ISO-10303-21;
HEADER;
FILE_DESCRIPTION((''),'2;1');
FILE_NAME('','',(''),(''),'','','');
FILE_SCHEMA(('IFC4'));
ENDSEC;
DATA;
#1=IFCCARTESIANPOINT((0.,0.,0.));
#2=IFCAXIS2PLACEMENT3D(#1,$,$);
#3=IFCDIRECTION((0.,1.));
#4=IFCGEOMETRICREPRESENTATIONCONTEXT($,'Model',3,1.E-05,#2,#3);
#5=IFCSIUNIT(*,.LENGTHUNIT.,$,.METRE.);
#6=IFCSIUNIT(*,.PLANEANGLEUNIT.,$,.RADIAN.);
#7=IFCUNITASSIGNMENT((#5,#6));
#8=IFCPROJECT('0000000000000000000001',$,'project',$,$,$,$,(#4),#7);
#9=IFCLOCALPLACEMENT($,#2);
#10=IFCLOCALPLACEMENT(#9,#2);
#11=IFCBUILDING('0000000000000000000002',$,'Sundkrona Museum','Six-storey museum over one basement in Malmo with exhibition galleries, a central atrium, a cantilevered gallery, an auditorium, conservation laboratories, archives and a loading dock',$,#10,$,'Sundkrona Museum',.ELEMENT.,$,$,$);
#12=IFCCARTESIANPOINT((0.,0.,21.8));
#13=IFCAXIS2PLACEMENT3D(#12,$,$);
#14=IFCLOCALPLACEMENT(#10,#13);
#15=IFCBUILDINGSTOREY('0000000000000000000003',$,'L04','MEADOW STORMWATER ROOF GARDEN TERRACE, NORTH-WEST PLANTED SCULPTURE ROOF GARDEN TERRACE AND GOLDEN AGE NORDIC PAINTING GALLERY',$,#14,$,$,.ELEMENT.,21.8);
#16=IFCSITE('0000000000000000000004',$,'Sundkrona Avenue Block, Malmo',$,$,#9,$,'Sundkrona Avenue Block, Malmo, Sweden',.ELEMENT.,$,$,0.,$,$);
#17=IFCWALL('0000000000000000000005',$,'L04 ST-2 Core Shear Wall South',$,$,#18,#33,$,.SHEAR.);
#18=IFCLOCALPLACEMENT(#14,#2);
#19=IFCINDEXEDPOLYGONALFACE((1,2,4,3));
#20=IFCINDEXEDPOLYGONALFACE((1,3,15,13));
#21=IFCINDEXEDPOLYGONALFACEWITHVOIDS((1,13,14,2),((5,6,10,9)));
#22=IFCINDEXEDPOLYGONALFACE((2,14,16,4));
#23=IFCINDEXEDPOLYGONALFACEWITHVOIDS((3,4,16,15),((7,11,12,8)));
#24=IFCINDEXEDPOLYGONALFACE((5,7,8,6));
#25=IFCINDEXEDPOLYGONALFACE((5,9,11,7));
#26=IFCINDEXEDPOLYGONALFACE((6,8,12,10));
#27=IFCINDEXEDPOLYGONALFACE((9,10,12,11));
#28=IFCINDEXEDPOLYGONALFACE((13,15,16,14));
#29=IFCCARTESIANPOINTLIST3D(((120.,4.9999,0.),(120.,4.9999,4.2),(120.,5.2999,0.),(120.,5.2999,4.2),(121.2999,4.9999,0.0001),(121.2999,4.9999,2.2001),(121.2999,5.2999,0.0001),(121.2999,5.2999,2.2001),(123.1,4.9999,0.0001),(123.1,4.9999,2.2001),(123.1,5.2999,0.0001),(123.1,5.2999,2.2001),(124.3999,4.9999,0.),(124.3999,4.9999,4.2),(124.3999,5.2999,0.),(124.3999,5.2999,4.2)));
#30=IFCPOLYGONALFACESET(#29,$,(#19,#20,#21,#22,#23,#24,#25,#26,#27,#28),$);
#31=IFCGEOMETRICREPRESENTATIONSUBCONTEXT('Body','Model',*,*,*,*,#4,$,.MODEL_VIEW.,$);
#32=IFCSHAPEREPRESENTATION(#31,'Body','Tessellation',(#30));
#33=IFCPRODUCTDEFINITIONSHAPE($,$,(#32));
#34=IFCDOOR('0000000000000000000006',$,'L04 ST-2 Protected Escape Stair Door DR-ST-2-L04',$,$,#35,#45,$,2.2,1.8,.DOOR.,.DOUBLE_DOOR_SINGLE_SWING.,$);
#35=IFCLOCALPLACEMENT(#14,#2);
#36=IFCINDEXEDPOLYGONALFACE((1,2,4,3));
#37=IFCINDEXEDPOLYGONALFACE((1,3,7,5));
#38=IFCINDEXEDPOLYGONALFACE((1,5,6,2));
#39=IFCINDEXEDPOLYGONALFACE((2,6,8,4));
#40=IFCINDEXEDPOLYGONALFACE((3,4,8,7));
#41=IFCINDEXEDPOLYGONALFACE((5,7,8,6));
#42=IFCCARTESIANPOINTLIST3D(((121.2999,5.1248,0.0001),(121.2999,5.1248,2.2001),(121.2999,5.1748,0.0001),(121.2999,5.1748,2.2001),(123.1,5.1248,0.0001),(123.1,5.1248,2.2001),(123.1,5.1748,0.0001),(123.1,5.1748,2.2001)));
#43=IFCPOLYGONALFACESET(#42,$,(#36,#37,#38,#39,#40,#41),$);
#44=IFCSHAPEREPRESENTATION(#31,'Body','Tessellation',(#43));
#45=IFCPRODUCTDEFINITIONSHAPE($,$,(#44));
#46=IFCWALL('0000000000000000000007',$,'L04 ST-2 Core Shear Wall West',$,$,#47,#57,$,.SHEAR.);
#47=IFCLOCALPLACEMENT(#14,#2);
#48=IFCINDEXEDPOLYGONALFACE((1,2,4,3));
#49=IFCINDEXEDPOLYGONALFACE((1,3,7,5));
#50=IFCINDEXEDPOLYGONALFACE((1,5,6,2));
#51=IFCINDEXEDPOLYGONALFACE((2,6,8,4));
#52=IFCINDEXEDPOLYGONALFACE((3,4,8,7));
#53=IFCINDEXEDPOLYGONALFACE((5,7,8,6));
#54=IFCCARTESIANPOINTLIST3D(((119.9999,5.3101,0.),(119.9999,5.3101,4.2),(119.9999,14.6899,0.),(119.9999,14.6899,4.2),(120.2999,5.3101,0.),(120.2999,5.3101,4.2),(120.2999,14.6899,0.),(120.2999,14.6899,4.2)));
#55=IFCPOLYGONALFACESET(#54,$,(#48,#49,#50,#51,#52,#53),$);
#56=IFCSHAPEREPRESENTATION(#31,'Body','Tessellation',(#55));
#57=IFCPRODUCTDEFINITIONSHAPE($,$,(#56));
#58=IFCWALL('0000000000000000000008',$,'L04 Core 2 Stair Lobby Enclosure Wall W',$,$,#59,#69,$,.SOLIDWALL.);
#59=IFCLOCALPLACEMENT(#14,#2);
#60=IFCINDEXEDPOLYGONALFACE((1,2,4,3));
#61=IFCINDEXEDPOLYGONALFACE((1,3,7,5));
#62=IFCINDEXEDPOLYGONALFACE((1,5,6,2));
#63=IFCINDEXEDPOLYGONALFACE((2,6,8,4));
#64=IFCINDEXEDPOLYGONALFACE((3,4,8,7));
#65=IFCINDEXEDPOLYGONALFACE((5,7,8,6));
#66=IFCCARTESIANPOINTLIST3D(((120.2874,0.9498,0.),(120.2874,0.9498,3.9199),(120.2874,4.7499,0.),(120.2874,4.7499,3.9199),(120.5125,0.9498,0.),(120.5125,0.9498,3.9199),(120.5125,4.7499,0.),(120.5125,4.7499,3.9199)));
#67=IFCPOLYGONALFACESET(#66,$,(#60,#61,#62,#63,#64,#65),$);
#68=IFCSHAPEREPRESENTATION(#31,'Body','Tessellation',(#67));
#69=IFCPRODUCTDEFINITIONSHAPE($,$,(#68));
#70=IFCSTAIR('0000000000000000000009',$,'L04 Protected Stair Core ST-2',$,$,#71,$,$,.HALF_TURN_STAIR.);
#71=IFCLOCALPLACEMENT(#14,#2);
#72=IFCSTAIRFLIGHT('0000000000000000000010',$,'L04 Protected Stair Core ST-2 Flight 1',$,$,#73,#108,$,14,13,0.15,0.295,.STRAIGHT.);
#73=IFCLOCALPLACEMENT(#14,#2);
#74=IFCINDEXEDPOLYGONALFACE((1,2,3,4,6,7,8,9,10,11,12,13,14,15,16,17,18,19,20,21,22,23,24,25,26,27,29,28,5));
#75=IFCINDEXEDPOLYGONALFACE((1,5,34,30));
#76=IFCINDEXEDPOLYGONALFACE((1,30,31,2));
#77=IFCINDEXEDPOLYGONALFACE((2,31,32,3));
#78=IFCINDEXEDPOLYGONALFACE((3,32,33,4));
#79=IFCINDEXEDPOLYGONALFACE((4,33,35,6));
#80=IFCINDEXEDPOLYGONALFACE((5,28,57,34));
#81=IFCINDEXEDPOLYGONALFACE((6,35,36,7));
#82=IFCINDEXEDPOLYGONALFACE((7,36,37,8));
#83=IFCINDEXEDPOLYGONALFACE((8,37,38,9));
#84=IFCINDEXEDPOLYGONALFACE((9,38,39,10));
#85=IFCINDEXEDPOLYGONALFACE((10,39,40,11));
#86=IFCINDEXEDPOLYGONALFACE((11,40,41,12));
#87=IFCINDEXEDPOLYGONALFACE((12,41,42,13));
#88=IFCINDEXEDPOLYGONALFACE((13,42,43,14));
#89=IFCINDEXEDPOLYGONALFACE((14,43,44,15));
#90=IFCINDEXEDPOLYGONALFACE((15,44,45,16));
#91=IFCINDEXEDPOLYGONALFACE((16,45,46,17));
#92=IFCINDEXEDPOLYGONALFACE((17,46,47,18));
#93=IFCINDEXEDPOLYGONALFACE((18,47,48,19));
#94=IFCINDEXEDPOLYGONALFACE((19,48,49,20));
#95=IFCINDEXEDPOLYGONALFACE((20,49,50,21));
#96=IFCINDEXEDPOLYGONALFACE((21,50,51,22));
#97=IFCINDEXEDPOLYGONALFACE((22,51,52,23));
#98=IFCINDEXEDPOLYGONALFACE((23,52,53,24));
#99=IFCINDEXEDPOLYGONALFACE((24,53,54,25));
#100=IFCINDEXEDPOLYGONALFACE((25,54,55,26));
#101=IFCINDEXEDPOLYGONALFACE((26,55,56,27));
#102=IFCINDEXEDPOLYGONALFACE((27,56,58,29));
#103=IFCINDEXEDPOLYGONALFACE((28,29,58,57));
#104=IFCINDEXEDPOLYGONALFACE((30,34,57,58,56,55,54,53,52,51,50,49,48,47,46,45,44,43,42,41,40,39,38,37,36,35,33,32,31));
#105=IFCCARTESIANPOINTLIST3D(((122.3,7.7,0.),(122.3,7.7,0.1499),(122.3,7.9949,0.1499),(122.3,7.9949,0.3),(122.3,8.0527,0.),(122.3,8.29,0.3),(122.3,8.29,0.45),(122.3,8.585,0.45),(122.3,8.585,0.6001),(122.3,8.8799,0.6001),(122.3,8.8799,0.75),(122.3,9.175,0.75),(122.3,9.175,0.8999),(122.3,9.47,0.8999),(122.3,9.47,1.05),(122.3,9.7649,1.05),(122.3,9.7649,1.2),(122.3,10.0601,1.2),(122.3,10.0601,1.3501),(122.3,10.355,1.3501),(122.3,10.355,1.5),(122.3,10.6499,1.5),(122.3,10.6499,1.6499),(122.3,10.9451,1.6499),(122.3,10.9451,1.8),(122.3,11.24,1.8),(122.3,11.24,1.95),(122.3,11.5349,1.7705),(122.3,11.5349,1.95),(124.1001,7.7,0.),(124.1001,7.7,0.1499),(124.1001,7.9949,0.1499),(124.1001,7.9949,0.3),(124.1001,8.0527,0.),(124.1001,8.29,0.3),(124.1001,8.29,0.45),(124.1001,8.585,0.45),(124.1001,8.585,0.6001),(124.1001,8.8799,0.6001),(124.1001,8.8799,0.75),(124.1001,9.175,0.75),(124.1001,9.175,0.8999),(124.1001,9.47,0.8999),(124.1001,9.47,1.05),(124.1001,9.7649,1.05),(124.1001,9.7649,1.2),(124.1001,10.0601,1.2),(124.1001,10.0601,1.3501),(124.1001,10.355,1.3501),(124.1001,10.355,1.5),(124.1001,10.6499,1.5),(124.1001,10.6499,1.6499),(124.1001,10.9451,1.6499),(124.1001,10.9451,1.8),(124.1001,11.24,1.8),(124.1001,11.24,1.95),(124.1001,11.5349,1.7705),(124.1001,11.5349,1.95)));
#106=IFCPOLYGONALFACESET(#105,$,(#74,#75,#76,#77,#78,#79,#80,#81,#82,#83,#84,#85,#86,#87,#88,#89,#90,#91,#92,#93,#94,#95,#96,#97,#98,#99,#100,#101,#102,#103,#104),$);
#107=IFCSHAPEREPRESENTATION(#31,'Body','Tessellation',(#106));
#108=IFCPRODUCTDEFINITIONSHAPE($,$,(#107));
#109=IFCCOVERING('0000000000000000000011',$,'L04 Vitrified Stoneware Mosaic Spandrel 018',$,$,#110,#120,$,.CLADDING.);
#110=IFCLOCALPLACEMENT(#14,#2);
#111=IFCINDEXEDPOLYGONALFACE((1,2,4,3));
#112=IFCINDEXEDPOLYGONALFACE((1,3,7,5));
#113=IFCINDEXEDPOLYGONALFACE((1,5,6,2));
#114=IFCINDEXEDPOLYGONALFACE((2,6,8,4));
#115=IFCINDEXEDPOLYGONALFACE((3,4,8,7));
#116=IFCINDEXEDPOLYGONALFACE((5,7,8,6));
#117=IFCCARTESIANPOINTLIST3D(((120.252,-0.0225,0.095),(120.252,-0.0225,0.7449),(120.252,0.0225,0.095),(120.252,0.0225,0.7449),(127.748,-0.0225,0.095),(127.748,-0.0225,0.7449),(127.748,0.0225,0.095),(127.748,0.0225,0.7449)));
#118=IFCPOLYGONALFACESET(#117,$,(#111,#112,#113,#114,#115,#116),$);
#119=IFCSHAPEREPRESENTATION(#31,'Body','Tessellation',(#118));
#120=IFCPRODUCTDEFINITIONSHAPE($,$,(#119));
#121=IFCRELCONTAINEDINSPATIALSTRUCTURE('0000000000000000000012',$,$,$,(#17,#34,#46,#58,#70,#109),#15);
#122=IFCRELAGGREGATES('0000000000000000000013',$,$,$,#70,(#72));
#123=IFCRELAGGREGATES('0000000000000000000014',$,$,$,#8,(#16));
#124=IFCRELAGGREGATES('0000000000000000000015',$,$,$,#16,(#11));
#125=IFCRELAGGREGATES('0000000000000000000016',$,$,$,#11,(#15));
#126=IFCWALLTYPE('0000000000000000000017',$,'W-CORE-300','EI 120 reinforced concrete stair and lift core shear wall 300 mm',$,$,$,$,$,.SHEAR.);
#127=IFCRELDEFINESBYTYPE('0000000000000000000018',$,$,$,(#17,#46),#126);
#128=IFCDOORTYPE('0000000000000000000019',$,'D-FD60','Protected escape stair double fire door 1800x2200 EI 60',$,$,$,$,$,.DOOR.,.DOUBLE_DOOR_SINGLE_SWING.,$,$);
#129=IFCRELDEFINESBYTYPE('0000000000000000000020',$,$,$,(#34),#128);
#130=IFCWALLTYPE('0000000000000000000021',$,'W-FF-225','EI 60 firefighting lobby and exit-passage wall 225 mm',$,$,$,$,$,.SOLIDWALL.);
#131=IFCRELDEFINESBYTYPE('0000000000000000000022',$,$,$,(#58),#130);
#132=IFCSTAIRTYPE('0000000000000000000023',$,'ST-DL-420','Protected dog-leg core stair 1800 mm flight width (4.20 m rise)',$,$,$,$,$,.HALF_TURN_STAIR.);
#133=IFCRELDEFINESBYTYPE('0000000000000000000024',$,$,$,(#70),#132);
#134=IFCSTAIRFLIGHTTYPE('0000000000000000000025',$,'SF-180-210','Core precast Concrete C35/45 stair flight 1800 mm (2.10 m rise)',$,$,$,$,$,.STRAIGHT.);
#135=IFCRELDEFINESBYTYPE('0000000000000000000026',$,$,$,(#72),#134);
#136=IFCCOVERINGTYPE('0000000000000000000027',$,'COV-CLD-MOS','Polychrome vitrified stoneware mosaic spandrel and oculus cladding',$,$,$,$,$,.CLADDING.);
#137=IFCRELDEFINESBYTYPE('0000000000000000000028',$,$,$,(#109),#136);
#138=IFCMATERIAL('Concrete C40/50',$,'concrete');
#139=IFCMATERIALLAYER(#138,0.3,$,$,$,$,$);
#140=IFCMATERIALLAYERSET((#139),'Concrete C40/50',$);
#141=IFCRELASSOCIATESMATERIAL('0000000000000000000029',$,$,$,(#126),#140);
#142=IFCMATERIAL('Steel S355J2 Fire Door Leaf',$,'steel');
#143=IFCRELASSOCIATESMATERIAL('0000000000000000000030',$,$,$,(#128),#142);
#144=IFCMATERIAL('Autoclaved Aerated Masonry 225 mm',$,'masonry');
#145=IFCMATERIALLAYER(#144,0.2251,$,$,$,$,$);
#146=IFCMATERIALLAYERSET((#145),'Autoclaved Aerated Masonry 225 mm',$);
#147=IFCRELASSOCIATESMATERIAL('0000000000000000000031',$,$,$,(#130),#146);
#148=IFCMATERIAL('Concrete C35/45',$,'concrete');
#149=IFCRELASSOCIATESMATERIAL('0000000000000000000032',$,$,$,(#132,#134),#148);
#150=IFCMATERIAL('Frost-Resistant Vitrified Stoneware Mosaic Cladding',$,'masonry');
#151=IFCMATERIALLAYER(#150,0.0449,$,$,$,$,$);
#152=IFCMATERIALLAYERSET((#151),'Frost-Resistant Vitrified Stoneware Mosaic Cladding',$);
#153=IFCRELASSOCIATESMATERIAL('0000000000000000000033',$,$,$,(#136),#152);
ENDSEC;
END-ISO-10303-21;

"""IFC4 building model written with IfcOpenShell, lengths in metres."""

from ifc_helpers import new_model, si_unit, direction, frame, frame_2d, origin, origin_2d, place, context, subcontext, project, spatial, polyline, rectangle, outline, extrude, material, layer, layer_set, type_object, element, fill, aggregate, save


model = new_model("IFC4")

# Units and contexts
model_context = context("Model", 3, precision=1e-05, world=origin(), true_north=direction((0.0, 1.0)))
body_context = subcontext(model_context, "Body", "Model", "MODEL_VIEW")
ifc_project = project(units=[si_unit("LENGTHUNIT", "METRE"), si_unit("PLANEANGLEUNIT", "RADIAN")], contexts=[model_context])

# Site, building, storey
site_placement = place(None, origin())
site = spatial("IfcSite", under=ifc_project, at=site_placement, Name="Sundkrona Avenue Block, Malmo", LongName="Sundkrona Avenue Block, Malmo, Sweden", CompositionType="ELEMENT", RefElevation=0.0)
building_placement = place(site_placement, origin())
building = spatial("IfcBuilding", under=site, at=building_placement, Name="Sundkrona Museum", Description="Six-storey museum over one basement in Malmo with exhibition galleries, a central atrium, a cantilevered gallery, an auditorium, conservation laboratories, archives and a loading dock", LongName="Sundkrona Museum", CompositionType="ELEMENT")
storey_placement = place(building_placement, frame((0.0, 0.0, 21.8)))
storey = spatial("IfcBuildingStorey", under=building, at=storey_placement, Name="L04", Description="MEADOW STORMWATER ROOF GARDEN TERRACE, NORTH-WEST PLANTED SCULPTURE ROOF GARDEN TERRACE AND GOLDEN AGE NORDIC PAINTING GALLERY", CompositionType="ELEMENT", Elevation=21.8)

# Wall, opening, door
ifc_material_1 = material(Name="Concrete C40/50", Category="concrete")
ifc_layer_1 = layer(ifc_material_1, 0.3)
ifc_layer_set_1 = layer_set([ifc_layer_1], Name="Concrete C40/50")
wall_type_1 = type_object("IfcWallType", Name="W-CORE-300", Description="EI 120 reinforced concrete stair and lift core shear wall 300 mm", PredefinedType="SHEAR", material=ifc_layer_set_1)
wall_1_placement = place(storey_placement, frame((120.0, 5.1499, 0.0), z_axis=(0.0, 0.0, 1.0), x_axis=(1.0, 0.0, 0.0)))
wall_1 = element("IfcWall", 1, at=wall_1_placement, inside=storey, type_object=wall_type_1, Name="L04 ST-2 Core Shear Wall South", PredefinedType="SHEAR", context=body_context, shape_type="SweptSolid", body=[
    extrude(rectangle(XDim=4.3999, YDim=0.3, at=frame_2d((2.2, 0.0))), origin(), (0.0, 0.0, 1.0), 4.2),
])
opening_placement = place(wall_1_placement, frame((1.3, 0.0, 0.0)))
opening = element("IfcOpeningElement", 2, at=opening_placement, cuts=wall_1, PredefinedType="OPENING", context=body_context, shape_type="SweptSolid", body=[
    extrude(rectangle(XDim=1.8, YDim=2.2, at=frame_2d((0.8999, 1.1001))), frame((0.0, 0.1599, 0.0), z_axis=(0.0, -1.0, 0.0), x_axis=(1.0, 0.0, 0.0)), (0.0, 0.0, 1.0), 0.3201),
])
ifc_material_2 = material(Name="Steel S355J2 Fire Door Leaf", Category="steel")
door_type = type_object("IfcDoorType", Name="D-FD60", Description="Protected escape stair double fire door 1800x2200 EI 60", OperationType="DOUBLE_DOOR_SINGLE_SWING", PredefinedType="DOOR", material=ifc_material_2)
door_placement = place(opening_placement, origin())
door = element("IfcDoor", 3, at=door_placement, inside=storey, type_object=door_type, Name="L04 ST-2 Protected Escape Stair Door DR-ST-2-L04", OperationType="DOUBLE_DOOR_SINGLE_SWING", OverallHeight=2.2, OverallWidth=1.8, PredefinedType="DOOR", context=body_context, shape_type="SweptSolid", body=[
    extrude(rectangle(XDim=1.8, YDim=2.2, at=frame_2d((0.8999, 1.1001))), frame((0.0, 0.0249, 0.0), z_axis=(0.0, -1.0, 0.0), x_axis=(1.0, 0.0, 0.0)), (0.0, 0.0, 1.0), 0.05),
])
fill(opening, door)

# Walls
wall_2_placement = place(storey_placement, frame((120.1499, 5.3101, 0.0), z_axis=(0.0, 0.0, 1.0), x_axis=(0.0, 1.0, 0.0)))
element("IfcWall", 4, at=wall_2_placement, inside=storey, type_object=wall_type_1, Name="L04 ST-2 Core Shear Wall West", PredefinedType="SHEAR", context=body_context, shape_type="SweptSolid", body=[
    extrude(rectangle(XDim=9.3799, YDim=0.3, at=frame_2d((4.6899, 0.0))), origin(), (0.0, 0.0, 1.0), 4.2),
])
ifc_material_3 = material(Name="Autoclaved Aerated Masonry 225 mm", Category="masonry")
ifc_layer_2 = layer(ifc_material_3, 0.2251)
ifc_layer_set_2 = layer_set([ifc_layer_2], Name="Autoclaved Aerated Masonry 225 mm")
wall_type_2 = type_object("IfcWallType", Name="W-FF-225", Description="EI 60 firefighting lobby and exit-passage wall 225 mm", PredefinedType="SOLIDWALL", material=ifc_layer_set_2)
wall_3_placement = place(storey_placement, frame((120.3999, 0.95, 0.0), z_axis=(0.0, 0.0, 1.0), x_axis=(0.0, 1.0, 0.0)))
element("IfcWall", 5, at=wall_3_placement, inside=storey, type_object=wall_type_2, Name="L04 Core 2 Stair Lobby Enclosure Wall W", PredefinedType="SOLIDWALL", context=body_context, shape_type="SweptSolid", body=[
    extrude(rectangle(XDim=3.8, YDim=0.2251, at=frame_2d((1.8999, 0.0))), origin(), (0.0, 0.0, 1.0), 3.9199),
])

# Stair, stair flight
ifc_material_4 = material(Name="Concrete C35/45", Category="concrete")
stair_type = type_object("IfcStairType", Name="ST-DL-420", Description="Protected dog-leg core stair 1800 mm flight width (4.20 m rise)", PredefinedType="HALF_TURN_STAIR", material=ifc_material_4)
stair_placement = place(storey_placement, origin())
stair = element("IfcStair", 6, at=stair_placement, inside=storey, type_object=stair_type, Name="L04 Protected Stair Core ST-2", PredefinedType="HALF_TURN_STAIR")
stair_flight_type = type_object("IfcStairFlightType", Name="SF-180-210", Description="Core precast Concrete C35/45 stair flight 1800 mm (2.10 m rise)", PredefinedType="STRAIGHT", material=ifc_material_4)
stair_flight_placement = place(storey_placement, frame((123.2, 7.7, 0.0), z_axis=(0.0, 0.0, 1.0), x_axis=(0.0, 1.0, 0.0)))
stair_flight = element("IfcStairFlight", 7, at=stair_flight_placement, type_object=stair_flight_type, Name="L04 Protected Stair Core ST-2 Flight 1", NumberOfRisers=14, NumberOfTreads=13, PredefinedType="STRAIGHT", RiserHeight=0.15, TreadLength=0.295, context=body_context, shape_type="SweptSolid", body=[
    extrude(outline(polyline([(0.0, 0.0), (0.0, 0.1499), (0.2949, 0.1499), (0.2949, 0.3), (0.5901, 0.3), (0.5901, 0.45), (0.885, 0.45), (0.885, 0.6001), (1.1799, 0.6001), (1.1799, 0.75), (1.4751, 0.75), (1.4751, 0.8999), (1.77, 0.8999), (1.77, 1.05), (2.0649, 1.05), (2.0649, 1.2), (2.3601, 1.2), (2.3601, 1.3501), (2.655, 1.3501), (2.655, 1.5), (2.95, 1.5), (2.95, 1.6499), (3.2451, 1.6499), (3.2451, 1.8), (3.54, 1.8), (3.54, 1.95), (3.835, 1.95), (3.835, 2.1001), (3.835, 1.7705), (0.3528, 0.0), (0.0, 0.0)])), frame((0.0, 0.8999, 0.0), z_axis=(0.0, -1.0, 0.0), x_axis=(1.0, 0.0, 0.0)), (0.0, 0.0, 1.0), 1.8),
])
aggregate(stair, [stair_flight])

# Covering
ifc_material_5 = material(Name="Frost-Resistant Vitrified Stoneware Mosaic Cladding", Category="masonry")
ifc_layer_3 = layer(ifc_material_5, 0.0449)
ifc_layer_set_3 = layer_set([ifc_layer_3], Name="Frost-Resistant Vitrified Stoneware Mosaic Cladding")
covering_type = type_object("IfcCoveringType", Name="COV-CLD-MOS", Description="Polychrome vitrified stoneware mosaic spandrel and oculus cladding", PredefinedType="CLADDING", material=ifc_layer_set_3)
covering_placement = place(storey_placement, frame((124.0, 0.0, 0.095), z_axis=(0.0, 0.0, 1.0), x_axis=(1.0, 0.0, 0.0)))
element("IfcCovering", 8, at=covering_placement, inside=storey, type_object=covering_type, Name="L04 Vitrified Stoneware Mosaic Spandrel 018", PredefinedType="CLADDING", context=body_context, shape_type="SweptSolid", body=[
    extrude(rectangle(XDim=7.4961, YDim=0.0449, at=origin_2d()), origin(), (0.0, 0.0, 1.0), 0.6499),
])

save(model, "model.ifc")
